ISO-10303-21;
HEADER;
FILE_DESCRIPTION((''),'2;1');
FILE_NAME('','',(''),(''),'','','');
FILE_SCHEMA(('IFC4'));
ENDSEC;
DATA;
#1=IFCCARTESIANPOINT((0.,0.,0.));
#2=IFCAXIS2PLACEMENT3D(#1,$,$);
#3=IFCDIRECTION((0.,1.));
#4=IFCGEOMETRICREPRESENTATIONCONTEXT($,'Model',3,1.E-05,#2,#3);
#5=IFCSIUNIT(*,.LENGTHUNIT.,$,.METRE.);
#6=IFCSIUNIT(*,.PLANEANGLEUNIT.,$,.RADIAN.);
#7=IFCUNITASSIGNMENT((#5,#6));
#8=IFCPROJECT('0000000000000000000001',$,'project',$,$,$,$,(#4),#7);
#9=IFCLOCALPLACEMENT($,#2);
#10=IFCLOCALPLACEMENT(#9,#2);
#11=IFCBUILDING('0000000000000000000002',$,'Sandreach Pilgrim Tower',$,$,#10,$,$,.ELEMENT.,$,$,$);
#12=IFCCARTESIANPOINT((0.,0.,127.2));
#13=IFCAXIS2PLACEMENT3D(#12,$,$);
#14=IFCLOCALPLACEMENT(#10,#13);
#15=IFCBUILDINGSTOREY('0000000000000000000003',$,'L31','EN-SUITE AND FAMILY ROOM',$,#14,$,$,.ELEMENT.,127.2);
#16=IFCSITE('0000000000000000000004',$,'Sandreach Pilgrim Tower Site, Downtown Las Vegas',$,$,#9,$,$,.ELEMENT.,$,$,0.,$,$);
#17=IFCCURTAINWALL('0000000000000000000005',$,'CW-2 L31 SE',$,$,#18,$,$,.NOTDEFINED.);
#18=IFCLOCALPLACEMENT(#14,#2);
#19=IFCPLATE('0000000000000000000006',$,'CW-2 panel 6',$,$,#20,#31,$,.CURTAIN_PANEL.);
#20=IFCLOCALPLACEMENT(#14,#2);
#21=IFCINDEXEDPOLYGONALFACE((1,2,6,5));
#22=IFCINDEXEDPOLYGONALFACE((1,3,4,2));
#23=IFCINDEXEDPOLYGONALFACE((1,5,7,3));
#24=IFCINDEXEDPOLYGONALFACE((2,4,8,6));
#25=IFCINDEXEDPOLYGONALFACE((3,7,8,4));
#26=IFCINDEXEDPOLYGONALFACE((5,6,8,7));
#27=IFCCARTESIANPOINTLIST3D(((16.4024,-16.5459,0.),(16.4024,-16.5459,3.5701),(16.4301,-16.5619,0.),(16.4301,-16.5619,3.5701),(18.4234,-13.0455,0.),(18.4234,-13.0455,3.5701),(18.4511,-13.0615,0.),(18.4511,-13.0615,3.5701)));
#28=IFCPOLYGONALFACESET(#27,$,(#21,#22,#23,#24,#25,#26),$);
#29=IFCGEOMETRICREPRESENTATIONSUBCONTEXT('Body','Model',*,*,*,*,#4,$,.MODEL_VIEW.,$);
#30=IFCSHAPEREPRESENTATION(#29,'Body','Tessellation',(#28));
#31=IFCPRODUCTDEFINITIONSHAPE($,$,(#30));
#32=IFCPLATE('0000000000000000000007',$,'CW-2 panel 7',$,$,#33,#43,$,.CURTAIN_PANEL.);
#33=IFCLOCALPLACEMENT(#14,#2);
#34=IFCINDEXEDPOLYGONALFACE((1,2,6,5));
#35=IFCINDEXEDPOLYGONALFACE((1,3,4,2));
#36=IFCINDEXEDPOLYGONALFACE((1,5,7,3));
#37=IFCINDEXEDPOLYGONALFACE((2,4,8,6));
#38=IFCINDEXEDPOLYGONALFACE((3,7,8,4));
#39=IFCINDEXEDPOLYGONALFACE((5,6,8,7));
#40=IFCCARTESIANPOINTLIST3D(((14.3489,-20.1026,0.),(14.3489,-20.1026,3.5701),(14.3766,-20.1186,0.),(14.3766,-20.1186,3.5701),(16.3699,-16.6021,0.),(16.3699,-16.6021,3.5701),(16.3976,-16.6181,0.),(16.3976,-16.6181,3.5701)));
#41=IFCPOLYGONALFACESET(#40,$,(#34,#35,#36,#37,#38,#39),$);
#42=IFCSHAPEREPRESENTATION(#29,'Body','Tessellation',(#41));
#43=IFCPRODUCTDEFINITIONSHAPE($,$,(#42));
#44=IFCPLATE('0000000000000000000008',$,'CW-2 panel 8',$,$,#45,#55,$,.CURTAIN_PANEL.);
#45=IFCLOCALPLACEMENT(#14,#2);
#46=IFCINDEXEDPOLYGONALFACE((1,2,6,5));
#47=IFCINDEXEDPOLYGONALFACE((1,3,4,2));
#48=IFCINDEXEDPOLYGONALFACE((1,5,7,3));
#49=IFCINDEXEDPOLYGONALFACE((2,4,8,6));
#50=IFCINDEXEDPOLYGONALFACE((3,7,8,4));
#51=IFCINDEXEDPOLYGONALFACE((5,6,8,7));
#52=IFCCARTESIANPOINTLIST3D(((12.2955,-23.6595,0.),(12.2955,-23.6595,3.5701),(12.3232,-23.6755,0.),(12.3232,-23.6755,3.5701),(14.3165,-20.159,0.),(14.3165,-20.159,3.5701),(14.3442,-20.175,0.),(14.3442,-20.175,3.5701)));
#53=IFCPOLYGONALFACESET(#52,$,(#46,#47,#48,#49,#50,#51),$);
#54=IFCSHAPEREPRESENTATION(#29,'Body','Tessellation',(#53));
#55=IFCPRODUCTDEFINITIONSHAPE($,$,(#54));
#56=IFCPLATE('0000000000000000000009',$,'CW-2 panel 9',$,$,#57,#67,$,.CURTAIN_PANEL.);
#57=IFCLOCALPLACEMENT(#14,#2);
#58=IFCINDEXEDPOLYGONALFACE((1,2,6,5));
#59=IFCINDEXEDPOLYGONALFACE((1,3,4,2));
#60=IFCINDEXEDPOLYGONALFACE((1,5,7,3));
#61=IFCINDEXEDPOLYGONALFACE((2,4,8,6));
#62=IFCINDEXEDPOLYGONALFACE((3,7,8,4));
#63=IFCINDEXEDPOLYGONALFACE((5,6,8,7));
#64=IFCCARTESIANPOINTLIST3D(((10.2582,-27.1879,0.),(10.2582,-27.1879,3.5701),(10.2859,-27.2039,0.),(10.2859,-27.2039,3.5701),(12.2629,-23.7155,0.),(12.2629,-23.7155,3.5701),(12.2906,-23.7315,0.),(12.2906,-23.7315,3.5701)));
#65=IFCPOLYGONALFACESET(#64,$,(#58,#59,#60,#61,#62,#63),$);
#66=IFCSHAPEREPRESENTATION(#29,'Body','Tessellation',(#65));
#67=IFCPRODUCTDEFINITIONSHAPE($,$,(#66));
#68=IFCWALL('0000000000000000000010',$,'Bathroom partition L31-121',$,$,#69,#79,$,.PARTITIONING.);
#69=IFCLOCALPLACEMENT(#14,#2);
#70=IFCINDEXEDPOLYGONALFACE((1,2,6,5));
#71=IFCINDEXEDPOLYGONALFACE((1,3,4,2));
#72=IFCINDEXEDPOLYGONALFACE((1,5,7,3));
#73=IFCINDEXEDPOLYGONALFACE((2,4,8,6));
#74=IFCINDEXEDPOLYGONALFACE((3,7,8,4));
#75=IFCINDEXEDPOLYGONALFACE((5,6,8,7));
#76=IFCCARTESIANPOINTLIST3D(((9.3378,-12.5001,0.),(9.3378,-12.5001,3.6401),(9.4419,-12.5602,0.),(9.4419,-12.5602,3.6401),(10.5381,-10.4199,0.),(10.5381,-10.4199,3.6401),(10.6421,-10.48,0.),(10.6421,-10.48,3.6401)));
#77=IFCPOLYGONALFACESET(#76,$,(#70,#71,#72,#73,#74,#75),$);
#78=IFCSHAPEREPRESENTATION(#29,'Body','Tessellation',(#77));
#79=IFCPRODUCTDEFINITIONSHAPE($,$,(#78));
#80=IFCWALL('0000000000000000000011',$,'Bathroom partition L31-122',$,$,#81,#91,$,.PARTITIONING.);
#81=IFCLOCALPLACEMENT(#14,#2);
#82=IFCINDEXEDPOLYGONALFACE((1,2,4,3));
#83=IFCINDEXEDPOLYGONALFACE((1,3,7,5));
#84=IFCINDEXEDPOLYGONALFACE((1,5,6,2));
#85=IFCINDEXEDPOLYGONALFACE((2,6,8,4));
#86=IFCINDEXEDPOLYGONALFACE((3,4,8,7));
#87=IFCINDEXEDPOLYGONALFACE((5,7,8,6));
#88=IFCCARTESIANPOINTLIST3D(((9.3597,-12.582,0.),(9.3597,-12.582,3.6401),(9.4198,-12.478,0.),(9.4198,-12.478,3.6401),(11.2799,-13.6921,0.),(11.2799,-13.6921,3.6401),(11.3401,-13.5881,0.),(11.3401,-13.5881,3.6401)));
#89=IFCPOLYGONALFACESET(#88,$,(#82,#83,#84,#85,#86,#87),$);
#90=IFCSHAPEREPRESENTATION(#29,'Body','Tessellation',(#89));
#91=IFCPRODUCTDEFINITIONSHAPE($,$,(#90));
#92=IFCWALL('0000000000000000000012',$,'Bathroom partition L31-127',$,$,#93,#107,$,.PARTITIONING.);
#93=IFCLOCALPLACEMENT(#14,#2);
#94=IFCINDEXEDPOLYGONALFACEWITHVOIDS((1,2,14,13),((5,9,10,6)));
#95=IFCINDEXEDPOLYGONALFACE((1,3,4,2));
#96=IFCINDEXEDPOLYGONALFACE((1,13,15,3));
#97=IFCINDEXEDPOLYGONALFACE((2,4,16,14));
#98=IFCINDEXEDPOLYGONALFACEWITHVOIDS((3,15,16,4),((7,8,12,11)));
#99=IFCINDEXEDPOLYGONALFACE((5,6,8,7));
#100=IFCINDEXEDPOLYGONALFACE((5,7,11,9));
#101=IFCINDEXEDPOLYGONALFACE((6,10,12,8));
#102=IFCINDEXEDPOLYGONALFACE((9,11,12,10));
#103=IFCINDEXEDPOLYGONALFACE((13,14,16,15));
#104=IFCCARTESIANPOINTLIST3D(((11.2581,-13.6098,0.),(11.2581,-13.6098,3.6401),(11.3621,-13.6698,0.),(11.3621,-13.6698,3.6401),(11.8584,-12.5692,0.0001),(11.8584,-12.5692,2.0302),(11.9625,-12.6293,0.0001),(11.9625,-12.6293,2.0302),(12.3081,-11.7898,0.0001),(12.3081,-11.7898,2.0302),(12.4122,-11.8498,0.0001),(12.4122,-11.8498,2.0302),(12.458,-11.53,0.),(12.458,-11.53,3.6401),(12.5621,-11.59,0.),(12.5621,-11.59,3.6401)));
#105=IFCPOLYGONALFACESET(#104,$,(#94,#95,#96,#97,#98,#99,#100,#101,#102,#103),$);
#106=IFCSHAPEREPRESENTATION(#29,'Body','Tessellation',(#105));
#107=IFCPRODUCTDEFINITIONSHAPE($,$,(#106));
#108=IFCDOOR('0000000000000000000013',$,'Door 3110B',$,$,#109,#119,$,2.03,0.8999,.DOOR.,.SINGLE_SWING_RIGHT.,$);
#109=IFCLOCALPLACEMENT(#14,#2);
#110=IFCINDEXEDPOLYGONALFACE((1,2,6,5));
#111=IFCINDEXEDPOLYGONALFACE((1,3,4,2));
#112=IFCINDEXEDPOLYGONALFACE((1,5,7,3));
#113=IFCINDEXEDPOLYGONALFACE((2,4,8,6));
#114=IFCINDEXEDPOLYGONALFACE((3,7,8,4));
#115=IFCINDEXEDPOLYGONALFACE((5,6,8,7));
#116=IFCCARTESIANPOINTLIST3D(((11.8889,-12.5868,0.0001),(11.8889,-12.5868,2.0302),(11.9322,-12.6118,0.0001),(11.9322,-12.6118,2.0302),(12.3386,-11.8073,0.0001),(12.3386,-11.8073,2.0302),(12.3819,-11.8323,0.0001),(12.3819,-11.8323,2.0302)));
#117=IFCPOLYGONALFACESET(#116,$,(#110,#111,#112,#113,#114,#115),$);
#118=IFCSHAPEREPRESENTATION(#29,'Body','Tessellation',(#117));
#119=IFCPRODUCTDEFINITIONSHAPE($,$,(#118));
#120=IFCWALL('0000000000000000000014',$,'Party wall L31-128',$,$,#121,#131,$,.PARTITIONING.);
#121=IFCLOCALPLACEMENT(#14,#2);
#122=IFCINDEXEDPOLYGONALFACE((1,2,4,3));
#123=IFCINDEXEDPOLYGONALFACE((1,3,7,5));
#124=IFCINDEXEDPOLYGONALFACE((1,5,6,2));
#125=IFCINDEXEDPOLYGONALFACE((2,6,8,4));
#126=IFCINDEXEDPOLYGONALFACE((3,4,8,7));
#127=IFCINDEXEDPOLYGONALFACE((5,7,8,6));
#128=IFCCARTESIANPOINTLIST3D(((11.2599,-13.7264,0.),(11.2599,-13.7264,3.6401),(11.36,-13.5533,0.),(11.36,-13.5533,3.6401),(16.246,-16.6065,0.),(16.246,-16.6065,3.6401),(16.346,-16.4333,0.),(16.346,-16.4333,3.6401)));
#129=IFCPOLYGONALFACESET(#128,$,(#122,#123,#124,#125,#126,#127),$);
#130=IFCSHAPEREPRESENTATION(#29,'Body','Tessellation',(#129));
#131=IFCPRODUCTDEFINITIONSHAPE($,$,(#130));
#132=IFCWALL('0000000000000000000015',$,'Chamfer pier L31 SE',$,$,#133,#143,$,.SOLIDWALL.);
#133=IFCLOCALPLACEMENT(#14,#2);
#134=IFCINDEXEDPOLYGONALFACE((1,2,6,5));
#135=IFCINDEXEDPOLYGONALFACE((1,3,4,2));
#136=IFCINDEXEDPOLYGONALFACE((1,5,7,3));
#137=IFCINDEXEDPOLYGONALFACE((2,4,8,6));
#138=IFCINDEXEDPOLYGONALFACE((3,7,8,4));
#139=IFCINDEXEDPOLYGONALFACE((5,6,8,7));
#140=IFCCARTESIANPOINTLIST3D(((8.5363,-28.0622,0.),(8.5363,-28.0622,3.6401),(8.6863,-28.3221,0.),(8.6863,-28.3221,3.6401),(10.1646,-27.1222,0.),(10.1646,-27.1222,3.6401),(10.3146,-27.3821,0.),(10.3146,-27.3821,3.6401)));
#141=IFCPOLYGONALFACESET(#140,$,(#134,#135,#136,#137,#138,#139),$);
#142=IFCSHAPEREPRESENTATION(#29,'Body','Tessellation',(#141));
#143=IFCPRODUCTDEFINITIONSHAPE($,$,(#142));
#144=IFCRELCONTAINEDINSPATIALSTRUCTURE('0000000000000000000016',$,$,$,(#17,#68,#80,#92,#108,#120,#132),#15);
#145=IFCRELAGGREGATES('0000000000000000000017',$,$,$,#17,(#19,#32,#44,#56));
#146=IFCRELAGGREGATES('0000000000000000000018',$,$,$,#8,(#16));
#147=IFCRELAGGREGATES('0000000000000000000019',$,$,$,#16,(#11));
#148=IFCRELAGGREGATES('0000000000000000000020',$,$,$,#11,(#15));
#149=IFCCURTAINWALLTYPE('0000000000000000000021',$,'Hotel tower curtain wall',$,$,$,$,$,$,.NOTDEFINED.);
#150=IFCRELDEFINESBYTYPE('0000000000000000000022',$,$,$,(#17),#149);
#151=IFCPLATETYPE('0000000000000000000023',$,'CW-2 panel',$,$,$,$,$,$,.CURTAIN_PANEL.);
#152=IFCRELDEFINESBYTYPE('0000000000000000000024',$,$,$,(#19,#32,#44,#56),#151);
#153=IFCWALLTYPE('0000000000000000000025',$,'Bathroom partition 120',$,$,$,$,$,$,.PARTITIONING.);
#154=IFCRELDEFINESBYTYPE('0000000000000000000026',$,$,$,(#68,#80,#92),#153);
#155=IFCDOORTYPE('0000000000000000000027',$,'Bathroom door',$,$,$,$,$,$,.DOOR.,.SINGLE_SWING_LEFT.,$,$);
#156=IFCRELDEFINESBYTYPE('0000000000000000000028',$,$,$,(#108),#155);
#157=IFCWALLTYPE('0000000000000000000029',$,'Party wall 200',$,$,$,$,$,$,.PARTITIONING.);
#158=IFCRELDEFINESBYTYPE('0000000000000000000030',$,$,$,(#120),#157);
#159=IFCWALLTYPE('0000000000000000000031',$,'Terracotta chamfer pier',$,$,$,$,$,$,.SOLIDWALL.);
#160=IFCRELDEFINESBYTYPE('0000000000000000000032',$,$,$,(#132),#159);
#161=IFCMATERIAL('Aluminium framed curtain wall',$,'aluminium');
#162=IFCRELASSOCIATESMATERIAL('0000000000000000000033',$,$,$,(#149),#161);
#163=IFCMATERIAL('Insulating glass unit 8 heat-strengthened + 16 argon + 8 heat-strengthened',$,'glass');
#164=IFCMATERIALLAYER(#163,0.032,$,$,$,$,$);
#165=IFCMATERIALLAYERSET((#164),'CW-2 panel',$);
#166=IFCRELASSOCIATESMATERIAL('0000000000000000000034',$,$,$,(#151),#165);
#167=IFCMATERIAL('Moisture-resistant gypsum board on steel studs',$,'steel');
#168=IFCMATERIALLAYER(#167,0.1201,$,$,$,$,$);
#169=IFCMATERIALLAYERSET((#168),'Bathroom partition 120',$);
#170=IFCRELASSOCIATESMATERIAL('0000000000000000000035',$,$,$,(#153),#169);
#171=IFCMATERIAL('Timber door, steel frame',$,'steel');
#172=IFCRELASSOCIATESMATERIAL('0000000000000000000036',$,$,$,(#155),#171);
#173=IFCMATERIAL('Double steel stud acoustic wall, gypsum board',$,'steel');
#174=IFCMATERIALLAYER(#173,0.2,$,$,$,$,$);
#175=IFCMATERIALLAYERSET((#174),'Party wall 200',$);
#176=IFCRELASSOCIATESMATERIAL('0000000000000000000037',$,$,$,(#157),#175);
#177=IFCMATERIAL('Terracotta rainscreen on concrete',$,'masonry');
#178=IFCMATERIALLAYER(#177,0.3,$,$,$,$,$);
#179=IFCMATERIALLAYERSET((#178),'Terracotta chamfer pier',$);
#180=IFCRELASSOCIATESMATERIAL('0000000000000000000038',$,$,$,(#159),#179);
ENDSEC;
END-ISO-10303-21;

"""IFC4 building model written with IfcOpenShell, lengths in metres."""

from ifc_helpers import new_model, si_unit, direction, frame, frame_2d, origin, origin_2d, place, context, subcontext, project, spatial, rectangle, extrude, material, layer, layer_set, type_object, element, fill, aggregate, save


model = new_model("IFC4")

# Units and contexts
model_context = context("Model", 3, precision=1e-05, world=origin(), true_north=direction((0.0, 1.0)))
body_context = subcontext(model_context, "Body", "Model", "MODEL_VIEW")
ifc_project = project(units=[si_unit("LENGTHUNIT", "METRE"), si_unit("PLANEANGLEUNIT", "RADIAN")], contexts=[model_context])

# Site, building, storey
site_placement = place(None, origin())
site = spatial("IfcSite", under=ifc_project, at=site_placement, Name="Sandreach Pilgrim Tower Site, Downtown Las Vegas", CompositionType="ELEMENT", RefElevation=0.0)
building_placement = place(site_placement, origin())
building = spatial("IfcBuilding", under=site, at=building_placement, Name="Sandreach Pilgrim Tower", CompositionType="ELEMENT")
storey_placement = place(building_placement, frame((0.0, 0.0, 127.2)))
storey = spatial("IfcBuildingStorey", under=building, at=storey_placement, Name="L31", Description="EN-SUITE AND FAMILY ROOM", CompositionType="ELEMENT", Elevation=127.2)

# Curtain wall
ifc_material_1 = material(Name="Aluminium framed curtain wall", Category="aluminium")
curtain_wall_type = type_object("IfcCurtainWallType", Name="Hotel tower curtain wall", PredefinedType="NOTDEFINED", material=ifc_material_1)
curtain_wall_placement = place(storey_placement, origin())
curtain_wall = element("IfcCurtainWall", 1, at=curtain_wall_placement, inside=storey, type_object=curtain_wall_type, Name="CW-2 L31 SE", PredefinedType="NOTDEFINED")

# Plates
ifc_material_2 = material(Name="Insulating glass unit 8 heat-strengthened + 16 argon + 8 heat-strengthened", Category="glass")
ifc_layer_1 = layer(ifc_material_2, 0.032)
ifc_layer_set_1 = layer_set([ifc_layer_1], Name="CW-2 panel")
plate_type = type_object("IfcPlateType", Name="CW-2 panel", PredefinedType="CURTAIN_PANEL", material=ifc_layer_set_1)
plate_1_placement = place(storey_placement, frame((17.4268, -14.8037, 0.0), z_axis=(0.0, 0.0, 1.0), x_axis=(-0.5, -0.866025, 0.0)))
plate_1 = element("IfcPlate", 2, at=plate_1_placement, type_object=plate_type, Name="CW-2 panel 6", PredefinedType="CURTAIN_PANEL", context=body_context, shape_type="SweptSolid", body=[
    extrude(rectangle(XDim=4.042, YDim=0.032, at=origin_2d()), origin(), (0.0, 0.0, 1.0), 3.5701),
])
plate_2_placement = place(storey_placement, frame((15.3733, -18.3604, 0.0), z_axis=(0.0, 0.0, 1.0), x_axis=(-0.5, -0.866025, 0.0)))
plate_2 = element("IfcPlate", 3, at=plate_2_placement, type_object=plate_type, Name="CW-2 panel 7", PredefinedType="CURTAIN_PANEL", context=body_context, shape_type="SweptSolid", body=[
    extrude(rectangle(XDim=4.042, YDim=0.032, at=origin_2d()), origin(), (0.0, 0.0, 1.0), 3.5701),
])
plate_3_placement = place(storey_placement, frame((13.3198, -21.9172, 0.0), z_axis=(0.0, 0.0, 1.0), x_axis=(-0.5, -0.866025, 0.0)))
plate_3 = element("IfcPlate", 4, at=plate_3_placement, type_object=plate_type, Name="CW-2 panel 8", PredefinedType="CURTAIN_PANEL", context=body_context, shape_type="SweptSolid", body=[
    extrude(rectangle(XDim=4.042, YDim=0.032, at=origin_2d()), origin(), (0.0, 0.0, 1.0), 3.5701),
])
plate_4_placement = place(storey_placement, frame((11.2744, -25.4597, 0.0), z_axis=(0.0, 0.0, 1.0), x_axis=(-0.5, -0.866025, 0.0)))
plate_4 = element("IfcPlate", 5, at=plate_4_placement, type_object=plate_type, Name="CW-2 panel 9", PredefinedType="CURTAIN_PANEL", context=body_context, shape_type="SweptSolid", body=[
    extrude(rectangle(XDim=4.0095, YDim=0.032, at=origin_2d()), origin(), (0.0, 0.0, 1.0), 3.5701),
])
aggregate(curtain_wall, [plate_1, plate_2, plate_3, plate_4])

# Walls
ifc_material_3 = material(Name="Moisture-resistant gypsum board on steel studs", Category="steel")
ifc_layer_2 = layer(ifc_material_3, 0.1201)
ifc_layer_set_2 = layer_set([ifc_layer_2], Name="Bathroom partition 120")
wall_type_1 = type_object("IfcWallType", Name="Bathroom partition 120", PredefinedType="PARTITIONING", material=ifc_layer_set_2)
wall_1_placement = place(storey_placement, frame((9.3899, -12.53, 0.0), z_axis=(0.0, 0.0, 1.0), x_axis=(0.499769, 0.866159, 0.0)))
element("IfcWall", 6, at=wall_1_placement, inside=storey, type_object=wall_type_1, Name="Bathroom partition L31-121", PredefinedType="PARTITIONING", context=body_context, shape_type="SweptSolid", body=[
    extrude(rectangle(XDim=2.4016, YDim=0.1201, at=frame_2d((1.2007, 0.0))), origin(), (0.0, 0.0, 1.0), 3.6401),
])
wall_2_placement = place(storey_placement, frame((9.3899, -12.53, 0.0), z_axis=(0.0, 0.0, 1.0), x_axis=(0.865733, -0.500507, 0.0)))
element("IfcWall", 7, at=wall_2_placement, inside=storey, type_object=wall_type_1, Name="Bathroom partition L31-122", PredefinedType="PARTITIONING", context=body_context, shape_type="SweptSolid", body=[
    extrude(rectangle(XDim=2.218, YDim=0.1201, at=frame_2d((1.1089, 0.0))), origin(), (0.0, 0.0, 1.0), 3.6401),
])

# Wall, opening, door
wall_3_placement = place(storey_placement, frame((11.3101, -13.6399, 0.0), z_axis=(0.0, 0.0, 1.0), x_axis=(0.499737, 0.866177, 0.0)))
wall_3 = element("IfcWall", 8, at=wall_3_placement, inside=storey, type_object=wall_type_1, Name="Bathroom partition L31-127", PredefinedType="PARTITIONING", context=body_context, shape_type="SweptSolid", body=[
    extrude(rectangle(XDim=2.4011, YDim=0.1201, at=frame_2d((1.2007, 0.0))), origin(), (0.0, 0.0, 1.0), 3.6401),
])
opening_placement = place(wall_3_placement, frame((1.2014, 0.0, 0.0)))
opening = element("IfcOpeningElement", 9, at=opening_placement, cuts=wall_3, PredefinedType="OPENING", context=body_context, shape_type="SweptSolid", body=[
    extrude(rectangle(XDim=0.8999, YDim=2.03, at=frame_2d((0.45, 1.0151))), frame((0.0, 0.0601, 0.0), z_axis=(0.0, -1.0, 0.0), x_axis=(1.0, 0.0, 0.0)), (0.0, 0.0, 1.0), 0.1201),
])
ifc_material_4 = material(Name="Timber door, steel frame", Category="steel")
door_type = type_object("IfcDoorType", Name="Bathroom door", OperationType="SINGLE_SWING_LEFT", PredefinedType="DOOR", material=ifc_material_4)
door_placement = place(opening_placement, origin())
door = element("IfcDoor", 10, at=door_placement, inside=storey, type_object=door_type, Name="Door 3110B", OperationType="SINGLE_SWING_RIGHT", OverallHeight=2.03, OverallWidth=0.8999, PredefinedType="DOOR", context=body_context, shape_type="SweptSolid", body=[
    extrude(rectangle(XDim=0.8999, YDim=2.03, at=frame_2d((0.45, 1.0151))), frame((0.0, 0.0249, 0.0), z_axis=(0.0, -1.0, 0.0), x_axis=(1.0, 0.0, 0.0)), (0.0, 0.0, 1.0), 0.05),
])
fill(opening, door)

# Walls
ifc_material_5 = material(Name="Double steel stud acoustic wall, gypsum board", Category="steel")
ifc_layer_3 = layer(ifc_material_5, 0.2)
ifc_layer_set_3 = layer_set([ifc_layer_3], Name="Party wall 200")
wall_type_2 = type_object("IfcWallType", Name="Party wall 200", PredefinedType="PARTITIONING", material=ifc_layer_set_3)
wall_4_placement = place(storey_placement, frame((11.3101, -13.6399, 0.0), z_axis=(0.0, 0.0, 1.0), x_axis=(0.865919, -0.500184, 0.0)))
element("IfcWall", 11, at=wall_4_placement, inside=storey, type_object=wall_type_2, Name="Party wall L31-128", PredefinedType="PARTITIONING", context=body_context, shape_type="SweptSolid", body=[
    extrude(rectangle(XDim=5.7581, YDim=0.2, at=frame_2d((2.8789, 0.0))), origin(), (0.0, 0.0, 1.0), 3.6401),
])
ifc_material_6 = material(Name="Terracotta rainscreen on concrete", Category="masonry")
ifc_layer_4 = layer(ifc_material_6, 0.3)
ifc_layer_set_4 = layer_set([ifc_layer_4], Name="Terracotta chamfer pier")
wall_type_3 = type_object("IfcWallType", Name="Terracotta chamfer pier", PredefinedType="SOLIDWALL", material=ifc_layer_set_4)
wall_5_placement = place(storey_placement, frame((10.2395, -27.2522, 0.0), z_axis=(0.0, 0.0, 1.0), x_axis=(-0.866045, -0.499966, 0.0)))
element("IfcWall", 12, at=wall_5_placement, inside=storey, type_object=wall_type_3, Name="Chamfer pier L31 SE", PredefinedType="SOLIDWALL", context=body_context, shape_type="SweptSolid", body=[
    extrude(rectangle(XDim=1.8801, YDim=0.3, at=frame_2d((0.9399, 0.0))), origin(), (0.0, 0.0, 1.0), 3.6401),
])

save(model, "model.ifc")
